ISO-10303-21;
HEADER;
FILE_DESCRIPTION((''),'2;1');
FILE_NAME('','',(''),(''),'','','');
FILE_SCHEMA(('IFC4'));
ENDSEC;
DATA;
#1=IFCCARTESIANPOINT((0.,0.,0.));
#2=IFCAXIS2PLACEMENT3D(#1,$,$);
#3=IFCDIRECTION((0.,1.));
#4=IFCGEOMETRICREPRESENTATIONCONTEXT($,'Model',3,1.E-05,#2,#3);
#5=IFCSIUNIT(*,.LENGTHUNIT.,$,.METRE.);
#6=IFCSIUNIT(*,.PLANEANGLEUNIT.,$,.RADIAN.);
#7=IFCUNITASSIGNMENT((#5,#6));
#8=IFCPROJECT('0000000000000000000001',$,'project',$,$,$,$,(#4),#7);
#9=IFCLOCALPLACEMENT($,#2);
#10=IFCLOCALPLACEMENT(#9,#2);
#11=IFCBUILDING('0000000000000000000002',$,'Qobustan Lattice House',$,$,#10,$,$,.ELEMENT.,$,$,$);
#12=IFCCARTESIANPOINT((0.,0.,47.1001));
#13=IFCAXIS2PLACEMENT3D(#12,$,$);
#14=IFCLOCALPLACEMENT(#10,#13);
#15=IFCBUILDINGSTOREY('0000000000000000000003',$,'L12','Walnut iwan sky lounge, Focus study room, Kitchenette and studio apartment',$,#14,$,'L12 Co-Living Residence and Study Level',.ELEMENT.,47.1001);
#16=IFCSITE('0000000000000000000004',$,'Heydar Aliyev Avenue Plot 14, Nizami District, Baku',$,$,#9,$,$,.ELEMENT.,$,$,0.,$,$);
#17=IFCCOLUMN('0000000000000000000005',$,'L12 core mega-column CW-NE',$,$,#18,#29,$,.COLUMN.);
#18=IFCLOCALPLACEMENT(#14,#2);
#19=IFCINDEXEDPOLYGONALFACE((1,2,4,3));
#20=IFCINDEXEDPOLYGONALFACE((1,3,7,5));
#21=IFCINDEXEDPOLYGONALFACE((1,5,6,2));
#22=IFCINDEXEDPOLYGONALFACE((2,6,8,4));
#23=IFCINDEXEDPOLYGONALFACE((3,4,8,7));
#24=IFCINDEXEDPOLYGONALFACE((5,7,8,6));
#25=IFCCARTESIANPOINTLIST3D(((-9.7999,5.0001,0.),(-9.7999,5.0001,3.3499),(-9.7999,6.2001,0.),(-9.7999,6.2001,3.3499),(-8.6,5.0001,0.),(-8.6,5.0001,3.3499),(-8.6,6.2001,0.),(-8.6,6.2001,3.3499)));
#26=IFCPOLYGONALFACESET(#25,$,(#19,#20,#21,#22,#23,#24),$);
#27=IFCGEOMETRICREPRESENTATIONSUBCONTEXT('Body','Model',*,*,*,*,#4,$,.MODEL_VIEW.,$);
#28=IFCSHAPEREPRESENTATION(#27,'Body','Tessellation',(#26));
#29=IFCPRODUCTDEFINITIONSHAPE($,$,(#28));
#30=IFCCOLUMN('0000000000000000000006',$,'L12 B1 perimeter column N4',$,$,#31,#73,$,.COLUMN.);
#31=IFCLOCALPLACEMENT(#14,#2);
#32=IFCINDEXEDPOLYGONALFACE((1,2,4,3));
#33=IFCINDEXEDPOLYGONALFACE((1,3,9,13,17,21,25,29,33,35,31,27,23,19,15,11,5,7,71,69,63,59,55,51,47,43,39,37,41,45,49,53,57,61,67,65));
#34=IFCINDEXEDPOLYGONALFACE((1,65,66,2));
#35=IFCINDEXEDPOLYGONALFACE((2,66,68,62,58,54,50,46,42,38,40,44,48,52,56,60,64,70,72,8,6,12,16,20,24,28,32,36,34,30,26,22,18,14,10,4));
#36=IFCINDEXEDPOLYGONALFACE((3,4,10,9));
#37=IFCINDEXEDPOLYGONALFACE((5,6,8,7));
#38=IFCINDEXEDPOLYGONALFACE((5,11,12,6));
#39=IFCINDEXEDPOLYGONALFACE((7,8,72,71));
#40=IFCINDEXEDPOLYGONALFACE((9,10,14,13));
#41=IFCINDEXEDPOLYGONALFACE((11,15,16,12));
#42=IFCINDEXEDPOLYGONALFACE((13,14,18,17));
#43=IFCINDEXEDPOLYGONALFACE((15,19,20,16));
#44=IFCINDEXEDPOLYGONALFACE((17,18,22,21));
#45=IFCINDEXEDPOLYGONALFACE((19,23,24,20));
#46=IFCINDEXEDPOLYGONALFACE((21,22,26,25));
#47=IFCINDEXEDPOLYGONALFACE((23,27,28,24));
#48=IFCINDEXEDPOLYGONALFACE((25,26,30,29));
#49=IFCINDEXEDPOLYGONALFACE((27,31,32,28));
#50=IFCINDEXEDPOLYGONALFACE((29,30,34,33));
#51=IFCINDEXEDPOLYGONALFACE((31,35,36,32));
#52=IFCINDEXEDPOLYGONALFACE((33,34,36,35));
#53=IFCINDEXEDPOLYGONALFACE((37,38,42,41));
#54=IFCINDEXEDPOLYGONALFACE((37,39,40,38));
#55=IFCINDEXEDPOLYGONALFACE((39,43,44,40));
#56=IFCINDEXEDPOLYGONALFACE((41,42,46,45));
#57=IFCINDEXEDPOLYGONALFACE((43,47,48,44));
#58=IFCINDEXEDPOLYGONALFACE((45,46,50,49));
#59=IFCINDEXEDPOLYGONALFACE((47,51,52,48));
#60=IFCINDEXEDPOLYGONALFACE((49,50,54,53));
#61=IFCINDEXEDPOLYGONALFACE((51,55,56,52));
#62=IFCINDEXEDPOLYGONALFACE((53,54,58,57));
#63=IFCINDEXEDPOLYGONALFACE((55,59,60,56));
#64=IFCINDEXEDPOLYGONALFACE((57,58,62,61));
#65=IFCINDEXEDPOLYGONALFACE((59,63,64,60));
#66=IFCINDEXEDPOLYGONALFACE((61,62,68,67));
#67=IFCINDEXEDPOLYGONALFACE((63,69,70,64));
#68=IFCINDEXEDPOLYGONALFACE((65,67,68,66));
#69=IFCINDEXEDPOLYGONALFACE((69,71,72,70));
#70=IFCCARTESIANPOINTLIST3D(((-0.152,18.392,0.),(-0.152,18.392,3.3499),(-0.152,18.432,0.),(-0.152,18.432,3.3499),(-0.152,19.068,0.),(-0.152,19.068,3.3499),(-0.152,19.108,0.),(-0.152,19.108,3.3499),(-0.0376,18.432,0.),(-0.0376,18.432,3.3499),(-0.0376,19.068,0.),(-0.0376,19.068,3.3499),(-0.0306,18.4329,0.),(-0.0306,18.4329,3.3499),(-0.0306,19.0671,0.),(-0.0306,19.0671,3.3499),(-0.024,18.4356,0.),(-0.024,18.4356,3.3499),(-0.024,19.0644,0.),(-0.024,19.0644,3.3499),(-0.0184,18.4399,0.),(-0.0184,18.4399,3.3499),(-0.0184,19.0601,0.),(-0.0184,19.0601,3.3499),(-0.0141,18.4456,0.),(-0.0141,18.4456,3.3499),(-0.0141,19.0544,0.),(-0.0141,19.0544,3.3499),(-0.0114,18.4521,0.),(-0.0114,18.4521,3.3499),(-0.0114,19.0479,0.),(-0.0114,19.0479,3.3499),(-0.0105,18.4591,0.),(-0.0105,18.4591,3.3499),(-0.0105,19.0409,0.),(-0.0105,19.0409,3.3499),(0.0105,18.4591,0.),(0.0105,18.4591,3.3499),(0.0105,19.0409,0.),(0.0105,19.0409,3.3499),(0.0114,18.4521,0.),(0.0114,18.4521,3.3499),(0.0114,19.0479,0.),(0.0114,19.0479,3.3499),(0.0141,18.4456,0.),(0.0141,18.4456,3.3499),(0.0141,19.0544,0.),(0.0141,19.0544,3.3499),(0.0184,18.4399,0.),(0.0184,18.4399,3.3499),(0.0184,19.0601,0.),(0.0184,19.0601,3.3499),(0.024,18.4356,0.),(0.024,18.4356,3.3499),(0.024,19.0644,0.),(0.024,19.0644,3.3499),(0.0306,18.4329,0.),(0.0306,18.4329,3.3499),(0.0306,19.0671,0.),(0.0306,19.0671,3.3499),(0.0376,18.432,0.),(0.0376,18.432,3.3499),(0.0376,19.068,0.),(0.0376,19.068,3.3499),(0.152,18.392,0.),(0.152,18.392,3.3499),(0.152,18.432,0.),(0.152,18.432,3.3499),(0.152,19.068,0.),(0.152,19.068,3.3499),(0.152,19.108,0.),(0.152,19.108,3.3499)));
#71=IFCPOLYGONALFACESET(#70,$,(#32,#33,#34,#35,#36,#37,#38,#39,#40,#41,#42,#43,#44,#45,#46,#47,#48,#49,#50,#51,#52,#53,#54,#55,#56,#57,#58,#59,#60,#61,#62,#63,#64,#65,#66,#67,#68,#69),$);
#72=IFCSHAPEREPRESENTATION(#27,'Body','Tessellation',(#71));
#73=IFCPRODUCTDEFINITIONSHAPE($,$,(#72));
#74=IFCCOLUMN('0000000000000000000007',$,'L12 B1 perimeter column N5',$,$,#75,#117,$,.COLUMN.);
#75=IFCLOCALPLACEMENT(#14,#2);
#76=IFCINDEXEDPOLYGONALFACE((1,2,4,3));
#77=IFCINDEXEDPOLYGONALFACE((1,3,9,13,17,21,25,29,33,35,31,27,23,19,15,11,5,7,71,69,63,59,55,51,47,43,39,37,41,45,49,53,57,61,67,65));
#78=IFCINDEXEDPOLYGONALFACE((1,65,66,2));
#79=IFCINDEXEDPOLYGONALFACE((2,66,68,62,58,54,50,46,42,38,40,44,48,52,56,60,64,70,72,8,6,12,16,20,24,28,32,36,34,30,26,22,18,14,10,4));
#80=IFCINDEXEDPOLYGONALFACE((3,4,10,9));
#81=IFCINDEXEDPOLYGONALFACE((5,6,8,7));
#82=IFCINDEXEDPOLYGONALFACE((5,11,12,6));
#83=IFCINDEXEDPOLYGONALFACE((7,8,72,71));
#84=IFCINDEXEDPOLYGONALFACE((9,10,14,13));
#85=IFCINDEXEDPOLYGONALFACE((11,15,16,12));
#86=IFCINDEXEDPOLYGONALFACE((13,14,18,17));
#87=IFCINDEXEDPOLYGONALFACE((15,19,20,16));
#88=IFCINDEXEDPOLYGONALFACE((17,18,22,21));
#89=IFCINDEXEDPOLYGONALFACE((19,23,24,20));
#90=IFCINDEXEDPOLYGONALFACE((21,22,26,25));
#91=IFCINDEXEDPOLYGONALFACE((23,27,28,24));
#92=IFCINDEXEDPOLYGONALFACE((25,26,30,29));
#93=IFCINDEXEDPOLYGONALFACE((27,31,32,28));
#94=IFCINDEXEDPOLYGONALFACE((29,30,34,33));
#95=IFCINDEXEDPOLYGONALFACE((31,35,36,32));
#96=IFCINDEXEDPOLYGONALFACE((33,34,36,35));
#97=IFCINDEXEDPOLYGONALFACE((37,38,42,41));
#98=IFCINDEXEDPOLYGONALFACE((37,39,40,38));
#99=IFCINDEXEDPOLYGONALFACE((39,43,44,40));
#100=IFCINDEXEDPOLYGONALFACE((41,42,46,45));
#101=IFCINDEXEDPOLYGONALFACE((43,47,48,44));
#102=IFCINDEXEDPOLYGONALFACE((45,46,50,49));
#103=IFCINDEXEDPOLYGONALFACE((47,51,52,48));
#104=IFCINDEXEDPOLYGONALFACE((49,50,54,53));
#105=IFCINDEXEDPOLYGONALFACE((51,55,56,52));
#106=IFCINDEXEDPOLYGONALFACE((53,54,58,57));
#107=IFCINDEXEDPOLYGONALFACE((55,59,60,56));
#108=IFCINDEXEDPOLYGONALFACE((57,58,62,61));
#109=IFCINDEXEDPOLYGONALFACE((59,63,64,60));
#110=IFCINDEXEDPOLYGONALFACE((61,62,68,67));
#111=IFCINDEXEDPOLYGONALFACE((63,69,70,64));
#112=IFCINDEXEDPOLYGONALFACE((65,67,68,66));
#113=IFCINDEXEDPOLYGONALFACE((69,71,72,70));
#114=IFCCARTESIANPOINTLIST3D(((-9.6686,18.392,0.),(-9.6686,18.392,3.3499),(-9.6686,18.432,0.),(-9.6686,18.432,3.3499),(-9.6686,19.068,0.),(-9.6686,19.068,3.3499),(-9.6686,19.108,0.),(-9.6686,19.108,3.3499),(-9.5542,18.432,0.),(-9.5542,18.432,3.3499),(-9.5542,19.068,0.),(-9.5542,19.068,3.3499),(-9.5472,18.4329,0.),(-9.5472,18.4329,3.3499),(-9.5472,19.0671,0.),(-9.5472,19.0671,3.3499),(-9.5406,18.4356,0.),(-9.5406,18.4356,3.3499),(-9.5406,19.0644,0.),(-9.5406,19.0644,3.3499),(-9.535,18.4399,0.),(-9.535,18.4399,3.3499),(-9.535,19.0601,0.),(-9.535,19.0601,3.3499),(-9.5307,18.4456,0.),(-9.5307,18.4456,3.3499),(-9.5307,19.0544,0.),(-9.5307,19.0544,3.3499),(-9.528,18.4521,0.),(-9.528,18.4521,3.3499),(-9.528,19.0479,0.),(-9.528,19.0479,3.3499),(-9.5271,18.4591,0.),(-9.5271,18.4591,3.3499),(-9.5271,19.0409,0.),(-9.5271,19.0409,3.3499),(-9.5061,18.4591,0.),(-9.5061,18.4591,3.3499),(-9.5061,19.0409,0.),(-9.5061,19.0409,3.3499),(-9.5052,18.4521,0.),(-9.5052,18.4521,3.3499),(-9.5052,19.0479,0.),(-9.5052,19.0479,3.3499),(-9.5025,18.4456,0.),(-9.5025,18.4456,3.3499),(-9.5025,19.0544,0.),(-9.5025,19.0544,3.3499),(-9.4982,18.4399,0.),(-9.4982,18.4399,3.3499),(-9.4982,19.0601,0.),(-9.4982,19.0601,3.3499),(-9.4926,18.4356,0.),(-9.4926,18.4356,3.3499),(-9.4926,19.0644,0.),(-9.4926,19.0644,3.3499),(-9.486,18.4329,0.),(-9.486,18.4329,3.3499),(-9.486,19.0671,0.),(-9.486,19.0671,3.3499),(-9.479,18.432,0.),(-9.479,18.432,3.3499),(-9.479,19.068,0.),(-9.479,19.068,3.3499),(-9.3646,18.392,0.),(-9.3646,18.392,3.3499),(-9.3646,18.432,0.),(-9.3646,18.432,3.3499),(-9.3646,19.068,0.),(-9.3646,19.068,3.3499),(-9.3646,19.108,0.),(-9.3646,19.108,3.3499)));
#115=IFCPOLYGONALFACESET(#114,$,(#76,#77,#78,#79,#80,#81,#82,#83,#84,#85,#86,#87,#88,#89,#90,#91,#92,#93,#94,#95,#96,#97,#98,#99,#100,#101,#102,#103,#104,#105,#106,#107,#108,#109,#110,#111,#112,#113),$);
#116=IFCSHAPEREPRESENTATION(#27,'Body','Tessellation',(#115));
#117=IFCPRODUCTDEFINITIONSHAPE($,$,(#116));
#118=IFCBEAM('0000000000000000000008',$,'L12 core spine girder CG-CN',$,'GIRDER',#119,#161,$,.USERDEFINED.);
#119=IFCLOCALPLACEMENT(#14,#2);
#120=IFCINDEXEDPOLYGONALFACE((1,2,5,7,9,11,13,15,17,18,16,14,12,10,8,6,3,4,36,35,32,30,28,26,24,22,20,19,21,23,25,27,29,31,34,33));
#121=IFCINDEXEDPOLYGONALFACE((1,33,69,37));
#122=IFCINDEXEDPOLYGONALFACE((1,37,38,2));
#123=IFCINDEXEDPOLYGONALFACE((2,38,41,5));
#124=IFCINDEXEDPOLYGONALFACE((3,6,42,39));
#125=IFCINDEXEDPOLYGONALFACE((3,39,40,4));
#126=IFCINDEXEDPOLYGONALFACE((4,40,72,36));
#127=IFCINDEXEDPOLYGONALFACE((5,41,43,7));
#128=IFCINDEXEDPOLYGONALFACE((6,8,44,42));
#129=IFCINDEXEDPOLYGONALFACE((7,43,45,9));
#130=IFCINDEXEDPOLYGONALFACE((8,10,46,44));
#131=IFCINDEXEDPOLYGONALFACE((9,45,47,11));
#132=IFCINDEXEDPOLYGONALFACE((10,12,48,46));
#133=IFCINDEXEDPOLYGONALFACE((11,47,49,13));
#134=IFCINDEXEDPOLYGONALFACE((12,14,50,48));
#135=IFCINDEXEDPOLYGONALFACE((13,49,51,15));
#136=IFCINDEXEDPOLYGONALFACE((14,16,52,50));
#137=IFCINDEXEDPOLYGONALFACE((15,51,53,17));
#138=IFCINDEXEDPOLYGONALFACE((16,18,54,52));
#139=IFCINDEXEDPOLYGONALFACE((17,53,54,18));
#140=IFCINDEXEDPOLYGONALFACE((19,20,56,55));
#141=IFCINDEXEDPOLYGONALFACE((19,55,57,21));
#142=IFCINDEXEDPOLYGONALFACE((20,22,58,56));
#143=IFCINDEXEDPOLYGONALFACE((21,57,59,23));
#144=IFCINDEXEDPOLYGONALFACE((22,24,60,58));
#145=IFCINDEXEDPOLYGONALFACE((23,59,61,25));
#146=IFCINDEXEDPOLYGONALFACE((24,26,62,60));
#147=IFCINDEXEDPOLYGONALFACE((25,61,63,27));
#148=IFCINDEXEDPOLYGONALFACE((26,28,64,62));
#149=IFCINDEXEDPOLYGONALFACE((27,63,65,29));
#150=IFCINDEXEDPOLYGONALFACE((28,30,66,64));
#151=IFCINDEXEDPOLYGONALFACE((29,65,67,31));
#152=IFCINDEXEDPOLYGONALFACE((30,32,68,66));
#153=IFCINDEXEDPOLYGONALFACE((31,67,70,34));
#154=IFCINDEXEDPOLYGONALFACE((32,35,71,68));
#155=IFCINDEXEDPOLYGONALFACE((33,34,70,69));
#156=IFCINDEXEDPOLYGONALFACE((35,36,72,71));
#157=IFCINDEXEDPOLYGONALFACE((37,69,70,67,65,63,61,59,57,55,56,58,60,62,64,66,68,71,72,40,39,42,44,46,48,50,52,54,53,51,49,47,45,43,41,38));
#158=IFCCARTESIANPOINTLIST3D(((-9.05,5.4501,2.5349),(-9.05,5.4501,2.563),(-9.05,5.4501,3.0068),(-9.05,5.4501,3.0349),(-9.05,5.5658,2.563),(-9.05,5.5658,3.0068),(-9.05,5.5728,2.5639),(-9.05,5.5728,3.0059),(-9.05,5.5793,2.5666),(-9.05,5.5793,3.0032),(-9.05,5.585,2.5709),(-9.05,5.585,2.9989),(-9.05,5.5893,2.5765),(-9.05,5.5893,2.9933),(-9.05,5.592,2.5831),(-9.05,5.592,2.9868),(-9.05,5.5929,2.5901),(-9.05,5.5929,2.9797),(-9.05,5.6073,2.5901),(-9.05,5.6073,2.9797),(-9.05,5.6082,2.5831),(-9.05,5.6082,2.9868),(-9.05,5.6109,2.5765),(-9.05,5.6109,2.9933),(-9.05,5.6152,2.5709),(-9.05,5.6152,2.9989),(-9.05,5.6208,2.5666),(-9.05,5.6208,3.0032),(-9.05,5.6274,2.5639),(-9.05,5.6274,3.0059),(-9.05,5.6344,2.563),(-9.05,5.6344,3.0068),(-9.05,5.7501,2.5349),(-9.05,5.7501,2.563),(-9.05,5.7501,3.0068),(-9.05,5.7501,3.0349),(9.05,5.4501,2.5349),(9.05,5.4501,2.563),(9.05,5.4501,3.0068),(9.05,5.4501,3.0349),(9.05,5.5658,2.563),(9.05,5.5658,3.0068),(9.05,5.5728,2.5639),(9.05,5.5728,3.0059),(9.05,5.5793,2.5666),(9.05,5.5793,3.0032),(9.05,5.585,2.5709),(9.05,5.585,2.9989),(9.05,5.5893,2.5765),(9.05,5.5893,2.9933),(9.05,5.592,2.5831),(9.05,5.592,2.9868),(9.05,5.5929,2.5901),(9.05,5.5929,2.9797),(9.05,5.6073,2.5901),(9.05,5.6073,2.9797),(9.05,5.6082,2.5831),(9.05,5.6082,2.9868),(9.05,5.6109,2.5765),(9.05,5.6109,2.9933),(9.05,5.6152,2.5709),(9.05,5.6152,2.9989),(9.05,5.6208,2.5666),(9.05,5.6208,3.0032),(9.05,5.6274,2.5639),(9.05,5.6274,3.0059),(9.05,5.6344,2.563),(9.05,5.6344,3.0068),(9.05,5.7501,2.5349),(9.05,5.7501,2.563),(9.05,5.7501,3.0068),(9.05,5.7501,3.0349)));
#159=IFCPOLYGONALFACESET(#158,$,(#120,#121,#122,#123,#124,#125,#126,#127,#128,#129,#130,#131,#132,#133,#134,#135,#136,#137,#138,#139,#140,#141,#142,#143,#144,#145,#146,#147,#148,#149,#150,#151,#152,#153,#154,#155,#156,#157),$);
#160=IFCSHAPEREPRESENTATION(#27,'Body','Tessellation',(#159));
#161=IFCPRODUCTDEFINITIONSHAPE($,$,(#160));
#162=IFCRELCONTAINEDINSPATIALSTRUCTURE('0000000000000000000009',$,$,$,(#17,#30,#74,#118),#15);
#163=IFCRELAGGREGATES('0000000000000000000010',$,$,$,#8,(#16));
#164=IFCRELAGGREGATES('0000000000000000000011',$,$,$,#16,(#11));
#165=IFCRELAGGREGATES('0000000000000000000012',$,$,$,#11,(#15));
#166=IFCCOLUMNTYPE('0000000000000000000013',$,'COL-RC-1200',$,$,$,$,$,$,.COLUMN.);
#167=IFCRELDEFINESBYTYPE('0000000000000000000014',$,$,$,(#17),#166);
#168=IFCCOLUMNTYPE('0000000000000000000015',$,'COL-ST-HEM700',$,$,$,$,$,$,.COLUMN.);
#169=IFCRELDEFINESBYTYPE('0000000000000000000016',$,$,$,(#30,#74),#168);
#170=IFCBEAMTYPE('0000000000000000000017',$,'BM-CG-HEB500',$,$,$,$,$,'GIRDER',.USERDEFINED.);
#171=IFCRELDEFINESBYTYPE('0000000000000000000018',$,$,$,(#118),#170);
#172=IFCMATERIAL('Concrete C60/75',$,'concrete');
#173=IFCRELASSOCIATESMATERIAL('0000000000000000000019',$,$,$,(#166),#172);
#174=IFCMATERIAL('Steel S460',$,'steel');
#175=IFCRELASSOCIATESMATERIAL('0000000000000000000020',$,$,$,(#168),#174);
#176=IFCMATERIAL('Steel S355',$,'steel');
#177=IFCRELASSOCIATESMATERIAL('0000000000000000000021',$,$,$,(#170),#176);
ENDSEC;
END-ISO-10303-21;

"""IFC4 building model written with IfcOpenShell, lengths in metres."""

from ifc_helpers import new_model, si_unit, direction, frame, origin, origin_2d, place, context, subcontext, project, spatial, rectangle, i_section, extrude, material, material_profile, profile_set, type_object, element, save


model = new_model("IFC4")

# Units and contexts
model_context = context("Model", 3, precision=1e-05, world=origin(), true_north=direction((0.0, 1.0)))
body_context = subcontext(model_context, "Body", "Model", "MODEL_VIEW")
ifc_project = project(units=[si_unit("LENGTHUNIT", "METRE"), si_unit("PLANEANGLEUNIT", "RADIAN")], contexts=[model_context])

# Site, building, storey
site_placement = place(None, origin())
site = spatial("IfcSite", under=ifc_project, at=site_placement, Name="Heydar Aliyev Avenue Plot 14, Nizami District, Baku", CompositionType="ELEMENT", RefElevation=0.0)
building_placement = place(site_placement, origin())
building = spatial("IfcBuilding", under=site, at=building_placement, Name="Qobustan Lattice House", CompositionType="ELEMENT")
storey_placement = place(building_placement, frame((0.0, 0.0, 47.1001)))
storey = spatial("IfcBuildingStorey", under=building, at=storey_placement, Name="L12", Description="Walnut iwan sky lounge, Focus study room, Kitchenette and studio apartment", LongName="L12 Co-Living Residence and Study Level", CompositionType="ELEMENT", Elevation=47.1001)

# Columns
ifc_material_1 = material(Name="Concrete C60/75", Category="concrete")
ifc_material_profile_1 = material_profile(ifc_material_1, rectangle(XDim=1.2, YDim=1.2, at=origin_2d()), Name="RC1200x1200")
ifc_profile_set_1 = profile_set([ifc_material_profile_1], Name="Concrete C60/75")
column_type_1 = type_object("IfcColumnType", Name="COL-RC-1200", PredefinedType="COLUMN", material=ifc_profile_set_1)
column_placement = place(storey_placement, frame((-9.2, 5.6001, 0.0), z_axis=(0.0, 0.0, 1.0), x_axis=(1.0, 0.0, 0.0)))
element("IfcColumn", 1, at=column_placement, inside=storey, type_object=column_type_1, Name="L12 core mega-column CW-NE", PredefinedType="COLUMN", context=body_context, shape_type="SweptSolid", body=[
    extrude(rectangle(XDim=1.2, YDim=1.2, at=origin_2d()), origin(), (0.0, 0.0, 1.0), 3.3499),
])
ifc_material_2 = material(Name="Steel S460", Category="steel")
ifc_material_profile_2 = material_profile(ifc_material_2, i_section(OverallWidth=0.304, OverallDepth=0.7161, WebThickness=0.021, FlangeThickness=0.04, FilletRadius=0.0271, at=origin_2d()), Name="HEM700")
ifc_profile_set_2 = profile_set([ifc_material_profile_2], Name="Steel S460")
column_type_2 = type_object("IfcColumnType", Name="COL-ST-HEM700", PredefinedType="COLUMN", material=ifc_profile_set_2)
for number, where, z_axis, x_axis, name in (
    (2, (0.0, 18.75, 0.0), (0.0, 0.0, 1.0), (1.0, 0.0, 0.0), "L12 B1 perimeter column N4"),
    (3, (-9.5166, 18.75, 0.0), (0.0, 0.0, 1.0), (1.0, 0.0, 0.0), "L12 B1 perimeter column N5"),
):
    element("IfcColumn", number, at=place(storey_placement, frame(where, z_axis=z_axis, x_axis=x_axis)), inside=storey, type_object=column_type_2, Name=name, PredefinedType="COLUMN", context=body_context, shape_type="SweptSolid", body=[
        extrude(i_section(OverallWidth=0.304, OverallDepth=0.7161, WebThickness=0.021, FlangeThickness=0.04, FilletRadius=0.0271, at=origin_2d()), origin(), (0.0, 0.0, 1.0), 3.3499),
    ])

# Beam
ifc_material_3 = material(Name="Steel S355", Category="steel")
ifc_material_profile_3 = material_profile(ifc_material_3, i_section(OverallWidth=0.3, OverallDepth=0.5, WebThickness=0.0144, FlangeThickness=0.0281, FilletRadius=0.0271, at=origin_2d()), Name="HEB500")
ifc_profile_set_3 = profile_set([ifc_material_profile_3], Name="Steel S355")
beam_type_1 = type_object("IfcBeamType", Name="BM-CG-HEB500", ElementType="GIRDER", PredefinedType="USERDEFINED", material=ifc_profile_set_3)
beam_1_placement = place(storey_placement, frame((-9.05, 5.6001, 2.7849), z_axis=(1.0, 0.0, 0.0), x_axis=(0.0, 1.0, 0.0)))
element("IfcBeam", 4, at=beam_1_placement, inside=storey, type_object=beam_type_1, Name="L12 core spine girder CG-CN", ObjectType="GIRDER", PredefinedType="USERDEFINED", context=body_context, shape_type="SweptSolid", body=[
    extrude(i_section(OverallWidth=0.3, OverallDepth=0.5, WebThickness=0.0144, FlangeThickness=0.0281, FilletRadius=0.0271, at=origin_2d()), origin(), (0.0, 0.0, 1.0), 18.1001),
])

save(model, "model.ifc")
